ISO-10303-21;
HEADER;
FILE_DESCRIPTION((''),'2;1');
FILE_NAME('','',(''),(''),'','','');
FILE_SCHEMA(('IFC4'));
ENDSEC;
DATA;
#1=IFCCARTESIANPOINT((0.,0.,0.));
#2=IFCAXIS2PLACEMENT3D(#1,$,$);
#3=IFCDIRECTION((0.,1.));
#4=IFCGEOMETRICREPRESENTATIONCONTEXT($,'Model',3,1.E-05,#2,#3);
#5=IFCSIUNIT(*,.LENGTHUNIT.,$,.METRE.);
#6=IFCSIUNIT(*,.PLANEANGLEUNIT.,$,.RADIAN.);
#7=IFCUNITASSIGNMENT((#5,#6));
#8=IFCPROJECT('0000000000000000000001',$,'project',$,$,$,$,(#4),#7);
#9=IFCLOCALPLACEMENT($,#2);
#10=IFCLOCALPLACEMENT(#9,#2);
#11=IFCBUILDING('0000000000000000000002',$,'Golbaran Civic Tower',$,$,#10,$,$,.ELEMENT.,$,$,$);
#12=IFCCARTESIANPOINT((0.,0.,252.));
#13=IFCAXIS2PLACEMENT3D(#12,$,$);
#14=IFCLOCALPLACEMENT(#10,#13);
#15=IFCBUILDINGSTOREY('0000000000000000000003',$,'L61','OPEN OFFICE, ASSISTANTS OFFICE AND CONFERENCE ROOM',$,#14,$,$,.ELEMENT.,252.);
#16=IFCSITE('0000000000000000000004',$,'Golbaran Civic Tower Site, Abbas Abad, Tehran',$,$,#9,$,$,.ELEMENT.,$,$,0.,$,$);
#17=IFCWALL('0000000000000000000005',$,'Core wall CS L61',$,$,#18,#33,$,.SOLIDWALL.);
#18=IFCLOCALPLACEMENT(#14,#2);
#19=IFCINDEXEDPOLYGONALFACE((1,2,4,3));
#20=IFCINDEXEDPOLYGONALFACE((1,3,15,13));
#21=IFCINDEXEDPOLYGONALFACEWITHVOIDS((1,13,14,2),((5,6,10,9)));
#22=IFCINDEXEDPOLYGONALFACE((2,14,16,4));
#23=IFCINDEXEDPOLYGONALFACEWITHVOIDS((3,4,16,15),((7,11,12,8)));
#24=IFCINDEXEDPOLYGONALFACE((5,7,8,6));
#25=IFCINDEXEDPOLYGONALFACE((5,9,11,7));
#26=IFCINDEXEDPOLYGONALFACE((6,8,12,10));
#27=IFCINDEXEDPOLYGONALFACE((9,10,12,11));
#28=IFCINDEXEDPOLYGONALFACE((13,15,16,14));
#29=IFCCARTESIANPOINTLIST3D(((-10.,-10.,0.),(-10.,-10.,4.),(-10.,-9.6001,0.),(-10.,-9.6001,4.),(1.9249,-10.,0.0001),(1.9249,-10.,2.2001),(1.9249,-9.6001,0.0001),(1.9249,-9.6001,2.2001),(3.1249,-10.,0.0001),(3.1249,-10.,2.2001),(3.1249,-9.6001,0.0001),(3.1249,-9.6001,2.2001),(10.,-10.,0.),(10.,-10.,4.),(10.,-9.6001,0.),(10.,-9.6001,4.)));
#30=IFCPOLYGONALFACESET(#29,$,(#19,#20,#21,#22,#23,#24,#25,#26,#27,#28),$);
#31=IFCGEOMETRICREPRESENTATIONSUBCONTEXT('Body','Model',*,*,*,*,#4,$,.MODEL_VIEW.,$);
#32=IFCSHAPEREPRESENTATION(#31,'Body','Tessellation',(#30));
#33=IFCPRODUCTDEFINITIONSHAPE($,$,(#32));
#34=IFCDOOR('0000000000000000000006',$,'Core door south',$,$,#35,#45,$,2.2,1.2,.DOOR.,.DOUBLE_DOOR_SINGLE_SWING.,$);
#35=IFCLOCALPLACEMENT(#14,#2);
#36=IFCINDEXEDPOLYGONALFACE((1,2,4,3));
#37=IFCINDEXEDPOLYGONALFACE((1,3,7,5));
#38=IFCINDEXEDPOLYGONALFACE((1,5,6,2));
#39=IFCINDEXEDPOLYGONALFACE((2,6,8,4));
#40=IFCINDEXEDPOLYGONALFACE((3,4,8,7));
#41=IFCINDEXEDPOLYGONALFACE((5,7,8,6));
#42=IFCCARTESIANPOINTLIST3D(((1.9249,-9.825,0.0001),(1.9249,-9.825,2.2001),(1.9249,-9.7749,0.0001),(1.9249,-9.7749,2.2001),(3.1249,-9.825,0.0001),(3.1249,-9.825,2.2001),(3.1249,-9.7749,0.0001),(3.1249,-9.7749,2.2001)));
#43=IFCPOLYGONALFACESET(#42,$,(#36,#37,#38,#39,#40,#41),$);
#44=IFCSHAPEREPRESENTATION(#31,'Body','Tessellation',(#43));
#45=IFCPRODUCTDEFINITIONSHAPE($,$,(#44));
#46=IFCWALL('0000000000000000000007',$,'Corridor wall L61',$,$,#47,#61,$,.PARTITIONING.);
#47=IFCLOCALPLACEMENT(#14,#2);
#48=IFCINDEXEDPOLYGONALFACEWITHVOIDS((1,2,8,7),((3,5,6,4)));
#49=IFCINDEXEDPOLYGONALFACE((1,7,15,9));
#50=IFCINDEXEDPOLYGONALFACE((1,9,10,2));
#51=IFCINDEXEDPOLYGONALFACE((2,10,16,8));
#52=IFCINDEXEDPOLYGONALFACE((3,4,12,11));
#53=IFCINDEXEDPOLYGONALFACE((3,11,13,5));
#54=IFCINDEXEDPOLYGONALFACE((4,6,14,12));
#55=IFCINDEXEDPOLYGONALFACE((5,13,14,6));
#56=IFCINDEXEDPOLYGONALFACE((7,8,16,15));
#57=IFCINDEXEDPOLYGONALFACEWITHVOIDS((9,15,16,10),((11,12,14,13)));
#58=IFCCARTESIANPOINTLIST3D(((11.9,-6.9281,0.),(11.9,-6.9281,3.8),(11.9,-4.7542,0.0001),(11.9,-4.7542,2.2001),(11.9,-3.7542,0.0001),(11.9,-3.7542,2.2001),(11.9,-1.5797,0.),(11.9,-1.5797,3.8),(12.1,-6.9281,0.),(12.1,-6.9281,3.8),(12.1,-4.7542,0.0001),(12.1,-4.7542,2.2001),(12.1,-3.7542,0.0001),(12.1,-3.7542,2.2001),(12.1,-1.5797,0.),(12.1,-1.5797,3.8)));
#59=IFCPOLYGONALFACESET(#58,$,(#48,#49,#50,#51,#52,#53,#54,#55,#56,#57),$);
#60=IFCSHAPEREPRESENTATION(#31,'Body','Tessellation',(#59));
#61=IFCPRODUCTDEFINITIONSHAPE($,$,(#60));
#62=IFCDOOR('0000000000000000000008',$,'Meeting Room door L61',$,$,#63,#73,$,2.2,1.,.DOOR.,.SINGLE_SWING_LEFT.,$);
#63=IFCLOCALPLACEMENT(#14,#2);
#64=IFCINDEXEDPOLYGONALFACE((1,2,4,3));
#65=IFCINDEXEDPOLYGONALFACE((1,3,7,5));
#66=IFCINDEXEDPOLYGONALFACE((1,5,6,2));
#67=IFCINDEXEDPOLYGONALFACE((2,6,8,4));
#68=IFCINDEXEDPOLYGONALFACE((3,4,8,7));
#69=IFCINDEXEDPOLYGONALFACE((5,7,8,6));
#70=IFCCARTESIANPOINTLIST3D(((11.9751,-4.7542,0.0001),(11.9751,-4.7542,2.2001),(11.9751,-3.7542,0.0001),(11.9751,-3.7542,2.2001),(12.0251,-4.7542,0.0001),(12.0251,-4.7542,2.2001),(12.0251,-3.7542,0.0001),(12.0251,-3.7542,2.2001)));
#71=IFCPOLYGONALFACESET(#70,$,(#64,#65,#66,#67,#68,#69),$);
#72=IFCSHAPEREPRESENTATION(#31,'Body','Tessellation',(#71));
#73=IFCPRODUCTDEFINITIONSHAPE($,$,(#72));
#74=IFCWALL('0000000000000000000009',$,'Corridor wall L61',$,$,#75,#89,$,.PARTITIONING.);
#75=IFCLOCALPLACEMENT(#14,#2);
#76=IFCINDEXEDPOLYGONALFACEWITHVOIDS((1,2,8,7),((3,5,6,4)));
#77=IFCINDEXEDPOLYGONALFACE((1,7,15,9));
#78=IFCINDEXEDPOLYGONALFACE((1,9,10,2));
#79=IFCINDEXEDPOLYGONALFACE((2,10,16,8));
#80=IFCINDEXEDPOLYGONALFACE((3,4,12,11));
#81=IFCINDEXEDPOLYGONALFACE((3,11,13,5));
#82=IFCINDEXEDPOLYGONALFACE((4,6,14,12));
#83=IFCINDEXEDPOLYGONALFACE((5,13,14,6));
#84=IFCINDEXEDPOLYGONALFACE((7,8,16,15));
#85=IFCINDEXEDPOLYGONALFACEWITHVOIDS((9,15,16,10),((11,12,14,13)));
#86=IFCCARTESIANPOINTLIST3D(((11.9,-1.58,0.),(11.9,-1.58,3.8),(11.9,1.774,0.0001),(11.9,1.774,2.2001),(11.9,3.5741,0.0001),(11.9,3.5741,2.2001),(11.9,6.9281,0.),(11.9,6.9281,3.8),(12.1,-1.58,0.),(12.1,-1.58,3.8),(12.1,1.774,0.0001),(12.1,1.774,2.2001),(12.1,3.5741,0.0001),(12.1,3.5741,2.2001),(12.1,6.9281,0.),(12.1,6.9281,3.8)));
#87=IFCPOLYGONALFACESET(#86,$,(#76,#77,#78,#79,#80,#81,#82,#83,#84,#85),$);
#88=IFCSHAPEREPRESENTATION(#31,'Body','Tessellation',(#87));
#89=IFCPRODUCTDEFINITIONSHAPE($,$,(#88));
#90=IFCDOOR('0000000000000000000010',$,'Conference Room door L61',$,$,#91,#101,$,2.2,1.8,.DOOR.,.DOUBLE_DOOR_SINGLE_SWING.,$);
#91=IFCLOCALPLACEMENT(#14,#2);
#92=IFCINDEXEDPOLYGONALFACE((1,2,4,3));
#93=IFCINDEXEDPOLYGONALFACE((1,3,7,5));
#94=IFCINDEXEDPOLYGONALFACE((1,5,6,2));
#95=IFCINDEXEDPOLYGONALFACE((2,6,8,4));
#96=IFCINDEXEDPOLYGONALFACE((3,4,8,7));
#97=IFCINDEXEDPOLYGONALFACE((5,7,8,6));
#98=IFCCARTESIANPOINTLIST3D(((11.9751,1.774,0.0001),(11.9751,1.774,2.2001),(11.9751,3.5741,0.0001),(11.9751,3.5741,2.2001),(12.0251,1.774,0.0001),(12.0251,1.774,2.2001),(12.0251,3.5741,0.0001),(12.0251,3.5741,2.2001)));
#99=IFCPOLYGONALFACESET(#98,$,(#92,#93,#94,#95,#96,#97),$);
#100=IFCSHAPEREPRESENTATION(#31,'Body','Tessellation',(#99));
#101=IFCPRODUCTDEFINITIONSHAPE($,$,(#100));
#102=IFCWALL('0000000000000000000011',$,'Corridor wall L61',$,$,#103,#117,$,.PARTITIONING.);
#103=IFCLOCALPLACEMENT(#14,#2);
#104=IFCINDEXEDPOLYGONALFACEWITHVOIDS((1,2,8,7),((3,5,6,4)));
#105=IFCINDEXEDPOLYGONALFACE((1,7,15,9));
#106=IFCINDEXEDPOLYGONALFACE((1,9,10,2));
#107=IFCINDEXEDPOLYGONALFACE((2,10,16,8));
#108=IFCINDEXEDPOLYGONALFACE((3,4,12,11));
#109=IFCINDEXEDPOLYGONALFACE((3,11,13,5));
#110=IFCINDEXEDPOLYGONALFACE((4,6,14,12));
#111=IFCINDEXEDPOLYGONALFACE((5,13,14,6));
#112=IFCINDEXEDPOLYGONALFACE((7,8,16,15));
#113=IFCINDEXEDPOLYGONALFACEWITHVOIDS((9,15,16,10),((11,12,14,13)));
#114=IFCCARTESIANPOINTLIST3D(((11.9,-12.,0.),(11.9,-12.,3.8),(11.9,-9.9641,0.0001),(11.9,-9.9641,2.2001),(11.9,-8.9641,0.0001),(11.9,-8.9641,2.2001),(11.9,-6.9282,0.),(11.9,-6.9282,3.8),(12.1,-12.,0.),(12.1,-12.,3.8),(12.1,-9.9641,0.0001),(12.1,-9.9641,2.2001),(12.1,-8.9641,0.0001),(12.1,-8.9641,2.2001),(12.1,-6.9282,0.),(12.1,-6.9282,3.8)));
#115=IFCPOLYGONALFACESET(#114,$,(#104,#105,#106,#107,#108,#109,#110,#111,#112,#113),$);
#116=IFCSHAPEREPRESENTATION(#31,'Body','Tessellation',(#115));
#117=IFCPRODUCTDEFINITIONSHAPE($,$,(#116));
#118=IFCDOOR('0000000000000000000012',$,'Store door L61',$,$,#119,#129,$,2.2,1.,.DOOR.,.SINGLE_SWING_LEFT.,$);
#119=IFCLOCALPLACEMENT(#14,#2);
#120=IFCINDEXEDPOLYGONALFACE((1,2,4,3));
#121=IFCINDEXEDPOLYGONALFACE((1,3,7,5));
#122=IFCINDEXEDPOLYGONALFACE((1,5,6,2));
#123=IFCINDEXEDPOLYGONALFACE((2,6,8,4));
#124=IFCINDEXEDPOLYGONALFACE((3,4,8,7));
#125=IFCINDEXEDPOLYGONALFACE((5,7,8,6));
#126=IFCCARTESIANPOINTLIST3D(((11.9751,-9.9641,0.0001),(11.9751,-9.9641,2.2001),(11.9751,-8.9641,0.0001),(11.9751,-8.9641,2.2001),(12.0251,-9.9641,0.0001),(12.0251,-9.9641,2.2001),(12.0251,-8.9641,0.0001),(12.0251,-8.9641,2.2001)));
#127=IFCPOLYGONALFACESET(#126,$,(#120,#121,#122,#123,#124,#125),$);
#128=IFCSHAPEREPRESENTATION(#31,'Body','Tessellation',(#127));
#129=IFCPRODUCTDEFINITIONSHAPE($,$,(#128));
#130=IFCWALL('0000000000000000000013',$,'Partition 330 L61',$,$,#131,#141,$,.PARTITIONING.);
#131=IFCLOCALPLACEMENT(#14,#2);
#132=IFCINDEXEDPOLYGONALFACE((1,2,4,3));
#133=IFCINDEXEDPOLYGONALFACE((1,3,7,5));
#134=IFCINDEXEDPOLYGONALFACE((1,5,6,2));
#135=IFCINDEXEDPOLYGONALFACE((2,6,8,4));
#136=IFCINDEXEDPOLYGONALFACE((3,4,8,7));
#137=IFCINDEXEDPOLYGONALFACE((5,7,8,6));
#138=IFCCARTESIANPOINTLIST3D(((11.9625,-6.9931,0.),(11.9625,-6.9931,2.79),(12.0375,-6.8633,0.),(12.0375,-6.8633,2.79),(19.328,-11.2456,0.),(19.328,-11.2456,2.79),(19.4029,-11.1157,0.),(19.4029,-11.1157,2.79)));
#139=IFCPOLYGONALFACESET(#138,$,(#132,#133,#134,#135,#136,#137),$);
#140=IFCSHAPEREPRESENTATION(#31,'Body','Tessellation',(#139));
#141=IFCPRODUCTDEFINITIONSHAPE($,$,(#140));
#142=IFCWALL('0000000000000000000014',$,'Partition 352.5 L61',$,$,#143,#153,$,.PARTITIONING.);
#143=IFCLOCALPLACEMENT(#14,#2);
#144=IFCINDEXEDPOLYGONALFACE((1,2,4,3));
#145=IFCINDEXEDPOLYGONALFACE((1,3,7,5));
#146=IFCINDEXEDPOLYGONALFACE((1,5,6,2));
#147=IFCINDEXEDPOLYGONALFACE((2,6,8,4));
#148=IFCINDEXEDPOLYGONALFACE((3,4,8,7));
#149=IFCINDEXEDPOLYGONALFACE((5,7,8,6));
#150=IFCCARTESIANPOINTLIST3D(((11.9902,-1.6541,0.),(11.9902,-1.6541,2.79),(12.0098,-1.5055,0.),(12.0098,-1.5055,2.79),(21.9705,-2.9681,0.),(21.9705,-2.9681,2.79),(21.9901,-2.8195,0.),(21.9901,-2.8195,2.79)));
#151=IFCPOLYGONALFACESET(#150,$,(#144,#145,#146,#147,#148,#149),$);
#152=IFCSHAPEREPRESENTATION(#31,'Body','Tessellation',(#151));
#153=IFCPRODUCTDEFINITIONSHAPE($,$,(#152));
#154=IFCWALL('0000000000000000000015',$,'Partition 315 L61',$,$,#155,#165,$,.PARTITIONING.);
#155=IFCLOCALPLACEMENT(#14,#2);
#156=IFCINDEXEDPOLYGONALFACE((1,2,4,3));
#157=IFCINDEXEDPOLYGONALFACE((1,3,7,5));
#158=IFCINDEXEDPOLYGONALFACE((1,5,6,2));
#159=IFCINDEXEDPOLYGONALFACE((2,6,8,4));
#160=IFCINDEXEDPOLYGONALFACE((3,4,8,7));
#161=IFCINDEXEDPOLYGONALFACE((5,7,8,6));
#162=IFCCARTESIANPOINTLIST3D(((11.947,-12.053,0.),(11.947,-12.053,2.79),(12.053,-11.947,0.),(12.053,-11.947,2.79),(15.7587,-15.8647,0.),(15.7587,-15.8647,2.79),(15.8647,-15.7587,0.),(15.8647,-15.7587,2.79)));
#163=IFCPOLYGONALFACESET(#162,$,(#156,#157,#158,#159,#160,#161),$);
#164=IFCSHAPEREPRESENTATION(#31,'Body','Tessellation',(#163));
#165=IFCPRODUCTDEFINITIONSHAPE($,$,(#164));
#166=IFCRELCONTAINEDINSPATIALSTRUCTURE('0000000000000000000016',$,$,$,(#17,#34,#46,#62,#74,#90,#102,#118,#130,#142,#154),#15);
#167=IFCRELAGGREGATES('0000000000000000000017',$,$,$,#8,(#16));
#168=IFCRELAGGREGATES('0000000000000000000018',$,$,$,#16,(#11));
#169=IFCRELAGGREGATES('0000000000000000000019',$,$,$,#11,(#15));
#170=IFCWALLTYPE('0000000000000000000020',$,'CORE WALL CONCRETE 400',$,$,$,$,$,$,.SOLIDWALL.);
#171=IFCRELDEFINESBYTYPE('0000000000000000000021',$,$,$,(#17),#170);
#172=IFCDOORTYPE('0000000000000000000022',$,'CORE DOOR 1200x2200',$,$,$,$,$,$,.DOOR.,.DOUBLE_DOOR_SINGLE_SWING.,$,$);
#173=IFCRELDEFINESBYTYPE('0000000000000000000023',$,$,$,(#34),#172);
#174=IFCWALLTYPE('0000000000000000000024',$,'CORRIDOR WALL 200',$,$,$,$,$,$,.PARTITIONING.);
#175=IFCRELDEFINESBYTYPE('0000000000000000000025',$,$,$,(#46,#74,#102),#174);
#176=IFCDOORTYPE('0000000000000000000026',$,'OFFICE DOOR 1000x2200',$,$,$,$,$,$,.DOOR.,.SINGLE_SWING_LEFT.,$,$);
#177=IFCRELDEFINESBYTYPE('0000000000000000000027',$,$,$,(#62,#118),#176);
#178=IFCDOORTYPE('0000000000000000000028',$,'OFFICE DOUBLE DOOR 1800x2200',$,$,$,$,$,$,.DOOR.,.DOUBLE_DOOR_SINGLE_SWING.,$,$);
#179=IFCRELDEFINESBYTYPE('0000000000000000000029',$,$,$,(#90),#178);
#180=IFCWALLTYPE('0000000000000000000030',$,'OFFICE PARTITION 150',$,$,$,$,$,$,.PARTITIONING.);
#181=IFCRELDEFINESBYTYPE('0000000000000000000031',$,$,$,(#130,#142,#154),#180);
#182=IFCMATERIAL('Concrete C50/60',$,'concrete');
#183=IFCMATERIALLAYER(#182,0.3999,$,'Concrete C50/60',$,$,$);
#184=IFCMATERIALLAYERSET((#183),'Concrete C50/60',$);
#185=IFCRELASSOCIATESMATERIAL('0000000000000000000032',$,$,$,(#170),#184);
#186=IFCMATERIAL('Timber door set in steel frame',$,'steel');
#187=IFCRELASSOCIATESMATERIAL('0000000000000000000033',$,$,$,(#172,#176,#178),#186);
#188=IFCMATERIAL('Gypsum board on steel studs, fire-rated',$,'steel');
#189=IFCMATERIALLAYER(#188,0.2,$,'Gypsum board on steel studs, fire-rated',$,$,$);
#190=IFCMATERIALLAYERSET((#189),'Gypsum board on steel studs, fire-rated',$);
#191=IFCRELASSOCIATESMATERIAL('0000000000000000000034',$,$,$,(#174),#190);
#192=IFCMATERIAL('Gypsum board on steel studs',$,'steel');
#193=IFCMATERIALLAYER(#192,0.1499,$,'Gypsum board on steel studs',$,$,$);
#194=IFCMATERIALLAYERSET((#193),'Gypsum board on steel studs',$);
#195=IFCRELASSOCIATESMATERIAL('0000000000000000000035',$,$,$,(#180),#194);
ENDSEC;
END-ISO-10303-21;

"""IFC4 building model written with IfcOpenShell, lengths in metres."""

from ifc_helpers import new_model, si_unit, direction, frame, frame_2d, origin, place, context, subcontext, project, spatial, rectangle, extrude, material, layer, layer_set, type_object, element, fill, save


model = new_model("IFC4")

# Units and contexts
model_context = context("Model", 3, precision=1e-05, world=origin(), true_north=direction((0.0, 1.0)))
body_context = subcontext(model_context, "Body", "Model", "MODEL_VIEW")
ifc_project = project(units=[si_unit("LENGTHUNIT", "METRE"), si_unit("PLANEANGLEUNIT", "RADIAN")], contexts=[model_context])

# Site, building, storey
site_placement = place(None, origin())
site = spatial("IfcSite", under=ifc_project, at=site_placement, Name="Golbaran Civic Tower Site, Abbas Abad, Tehran", CompositionType="ELEMENT", RefElevation=0.0)
building_placement = place(site_placement, origin())
building = spatial("IfcBuilding", under=site, at=building_placement, Name="Golbaran Civic Tower", CompositionType="ELEMENT")
storey_placement = place(building_placement, frame((0.0, 0.0, 252.0)))
storey = spatial("IfcBuildingStorey", under=building, at=storey_placement, Name="L61", Description="OPEN OFFICE, ASSISTANTS OFFICE AND CONFERENCE ROOM", CompositionType="ELEMENT", Elevation=252.0)

# Walls, openings, doors
ifc_material_1 = material(Name="Concrete C50/60", Category="concrete")
ifc_layer_1 = layer(ifc_material_1, 0.3999, Name="Concrete C50/60")
ifc_layer_set_1 = layer_set([ifc_layer_1], Name="Concrete C50/60")
wall_type_1 = type_object("IfcWallType", Name="CORE WALL CONCRETE 400", PredefinedType="SOLIDWALL", material=ifc_layer_set_1)
wall_1_placement = place(storey_placement, frame((10.0, -9.8, 0.0), z_axis=(0.0, 0.0, 1.0), x_axis=(-1.0, 0.0, 0.0)))
wall_1 = element("IfcWall", 1, at=wall_1_placement, inside=storey, type_object=wall_type_1, Name="Core wall CS L61", PredefinedType="SOLIDWALL", context=body_context, shape_type="SweptSolid", body=[
    extrude(rectangle(XDim=20.0, YDim=0.3999, at=frame_2d((10.0, 0.0))), origin(), (0.0, 0.0, 1.0), 4.0),
])
opening_1_placement = place(wall_1_placement, frame((6.875, 0.0, 0.0)))
opening_1 = element("IfcOpeningElement", 2, at=opening_1_placement, cuts=wall_1, PredefinedType="OPENING", context=body_context, shape_type="SweptSolid", body=[
    extrude(rectangle(XDim=1.2, YDim=2.2, at=frame_2d((0.6001, 1.1001))), frame((0.0, 0.21, 0.0), z_axis=(0.0, -1.0, 0.0), x_axis=(1.0, 0.0, 0.0)), (0.0, 0.0, 1.0), 0.4199),
])
ifc_material_2 = material(Name="Timber door set in steel frame", Category="steel")
door_type_1 = type_object("IfcDoorType", Name="CORE DOOR 1200x2200", OperationType="DOUBLE_DOOR_SINGLE_SWING", PredefinedType="DOOR", material=ifc_material_2)
door_1_placement = place(opening_1_placement, origin())
door_1 = element("IfcDoor", 3, at=door_1_placement, inside=storey, type_object=door_type_1, Name="Core door south", OperationType="DOUBLE_DOOR_SINGLE_SWING", OverallHeight=2.2, OverallWidth=1.2, PredefinedType="DOOR", context=body_context, shape_type="SweptSolid", body=[
    extrude(rectangle(XDim=1.2, YDim=2.2, at=frame_2d((0.6001, 1.1001))), frame((0.0, 0.0249, 0.0), z_axis=(0.0, -1.0, 0.0), x_axis=(1.0, 0.0, 0.0)), (0.0, 0.0, 1.0), 0.05),
])
fill(opening_1, door_1)
ifc_material_3 = material(Name="Gypsum board on steel studs, fire-rated", Category="steel")
ifc_layer_2 = layer(ifc_material_3, 0.2, Name="Gypsum board on steel studs, fire-rated")
ifc_layer_set_2 = layer_set([ifc_layer_2], Name="Gypsum board on steel studs, fire-rated")
wall_type_2 = type_object("IfcWallType", Name="CORRIDOR WALL 200", PredefinedType="PARTITIONING", material=ifc_layer_set_2)
wall_2_placement = place(storey_placement, frame((12.0, -6.9282, 0.0), z_axis=(0.0, 0.0, 1.0), x_axis=(0.0, 1.0, 0.0)))
wall_2 = element("IfcWall", 4, at=wall_2_placement, inside=storey, type_object=wall_type_2, Name="Corridor wall L61", PredefinedType="PARTITIONING", context=body_context, shape_type="SweptSolid", body=[
    extrude(rectangle(XDim=5.3484, YDim=0.2, at=frame_2d((2.6743, 0.0))), origin(), (0.0, 0.0, 1.0), 3.8),
])
opening_2_placement = place(wall_2_placement, frame((2.1741, 0.0, 0.0)))
opening_2 = element("IfcOpeningElement", 5, at=opening_2_placement, cuts=wall_2, PredefinedType="OPENING", context=body_context, shape_type="SweptSolid", body=[
    extrude(rectangle(XDim=1.0, YDim=2.2, at=frame_2d((0.5, 1.1001))), frame((0.0, 0.1099, 0.0), z_axis=(0.0, -1.0, 0.0), x_axis=(1.0, 0.0, 0.0)), (0.0, 0.0, 1.0), 0.22),
])
door_type_2 = type_object("IfcDoorType", Name="OFFICE DOOR 1000x2200", OperationType="SINGLE_SWING_LEFT", PredefinedType="DOOR", material=ifc_material_2)
door_2_placement = place(opening_2_placement, origin())
door_2 = element("IfcDoor", 6, at=door_2_placement, inside=storey, type_object=door_type_2, Name="Meeting Room door L61", OperationType="SINGLE_SWING_LEFT", OverallHeight=2.2, OverallWidth=1.0, PredefinedType="DOOR", context=body_context, shape_type="SweptSolid", body=[
    extrude(rectangle(XDim=1.0, YDim=2.2, at=frame_2d((0.5, 1.1001))), frame((0.0, 0.0249, 0.0), z_axis=(0.0, -1.0, 0.0), x_axis=(1.0, 0.0, 0.0)), (0.0, 0.0, 1.0), 0.05),
])
fill(opening_2, door_2)
wall_3_placement = place(storey_placement, frame((12.0, -1.5798, 0.0), z_axis=(0.0, 0.0, 1.0), x_axis=(0.0, 1.0, 0.0)))
wall_3 = element("IfcWall", 7, at=wall_3_placement, inside=storey, type_object=wall_type_2, Name="Corridor wall L61", PredefinedType="PARTITIONING", context=body_context, shape_type="SweptSolid", body=[
    extrude(rectangle(XDim=8.5081, YDim=0.2, at=frame_2d((4.2539, 0.0))), origin(), (0.0, 0.0, 1.0), 3.8),
])
opening_3_placement = place(wall_3_placement, frame((3.354, 0.0, 0.0)))
opening_3 = element("IfcOpeningElement", 8, at=opening_3_placement, cuts=wall_3, PredefinedType="OPENING", context=body_context, shape_type="SweptSolid", body=[
    extrude(rectangle(XDim=1.8, YDim=2.2, at=frame_2d((0.8999, 1.1001))), frame((0.0, 0.1099, 0.0), z_axis=(0.0, -1.0, 0.0), x_axis=(1.0, 0.0, 0.0)), (0.0, 0.0, 1.0), 0.22),
])
door_type_3 = type_object("IfcDoorType", Name="OFFICE DOUBLE DOOR 1800x2200", OperationType="DOUBLE_DOOR_SINGLE_SWING", PredefinedType="DOOR", material=ifc_material_2)
door_3_placement = place(opening_3_placement, origin())
door_3 = element("IfcDoor", 9, at=door_3_placement, inside=storey, type_object=door_type_3, Name="Conference Room door L61", OperationType="DOUBLE_DOOR_SINGLE_SWING", OverallHeight=2.2, OverallWidth=1.8, PredefinedType="DOOR", context=body_context, shape_type="SweptSolid", body=[
    extrude(rectangle(XDim=1.8, YDim=2.2, at=frame_2d((0.8999, 1.1001))), frame((0.0, 0.0249, 0.0), z_axis=(0.0, -1.0, 0.0), x_axis=(1.0, 0.0, 0.0)), (0.0, 0.0, 1.0), 0.05),
])
fill(opening_3, door_3)
wall_4_placement = place(storey_placement, frame((12.0, -12.0, 0.0), z_axis=(0.0, 0.0, 1.0), x_axis=(0.0, 1.0, 0.0)))
wall_4 = element("IfcWall", 10, at=wall_4_placement, inside=storey, type_object=wall_type_2, Name="Corridor wall L61", PredefinedType="PARTITIONING", context=body_context, shape_type="SweptSolid", body=[
    extrude(rectangle(XDim=5.0718, YDim=0.2, at=frame_2d((2.5359, 0.0))), origin(), (0.0, 0.0, 1.0), 3.8),
])
opening_4_placement = place(wall_4_placement, frame((2.0359, 0.0, 0.0)))
opening_4 = element("IfcOpeningElement", 11, at=opening_4_placement, cuts=wall_4, PredefinedType="OPENING", context=body_context, shape_type="SweptSolid", body=[
    extrude(rectangle(XDim=1.0, YDim=2.2, at=frame_2d((0.5, 1.1001))), frame((0.0, 0.1099, 0.0), z_axis=(0.0, -1.0, 0.0), x_axis=(1.0, 0.0, 0.0)), (0.0, 0.0, 1.0), 0.22),
])
door_4_placement = place(opening_4_placement, origin())
door_4 = element("IfcDoor", 12, at=door_4_placement, inside=storey, type_object=door_type_2, Name="Store door L61", OperationType="SINGLE_SWING_LEFT", OverallHeight=2.2, OverallWidth=1.0, PredefinedType="DOOR", context=body_context, shape_type="SweptSolid", body=[
    extrude(rectangle(XDim=1.0, YDim=2.2, at=frame_2d((0.5, 1.1001))), frame((0.0, 0.0249, 0.0), z_axis=(0.0, -1.0, 0.0), x_axis=(1.0, 0.0, 0.0)), (0.0, 0.0, 1.0), 0.05),
])
fill(opening_4, door_4)

# Walls
ifc_material_4 = material(Name="Gypsum board on steel studs", Category="steel")
ifc_layer_3 = layer(ifc_material_4, 0.1499, Name="Gypsum board on steel studs")
ifc_layer_set_3 = layer_set([ifc_layer_3], Name="Gypsum board on steel studs")
wall_type_3 = type_object("IfcWallType", Name="OFFICE PARTITION 150", PredefinedType="PARTITIONING", material=ifc_layer_set_3)
wall_5_placement = place(storey_placement, frame((12.0, -6.9282, 0.0), z_axis=(0.0, 0.0, 1.0), x_axis=(0.866026, -0.499998, 0.0)))
element("IfcWall", 13, at=wall_5_placement, inside=storey, type_object=wall_type_3, Name="Partition 330 L61", PredefinedType="PARTITIONING", context=body_context, shape_type="SweptSolid", body=[
    extrude(rectangle(XDim=8.5049, YDim=0.1499, at=frame_2d((4.2524, 0.0))), origin(), (0.0, 0.0, 1.0), 2.79),
])
wall_6_placement = place(storey_placement, frame((12.0, -1.5798, 0.0), z_axis=(0.0, 0.0, 1.0), x_axis=(0.991444, -0.13053, 0.0)))
element("IfcWall", 14, at=wall_6_placement, inside=storey, type_object=wall_type_3, Name="Partition 352.5 L61", PredefinedType="PARTITIONING", context=body_context, shape_type="SweptSolid", body=[
    extrude(rectangle(XDim=10.0664, YDim=0.1499, at=frame_2d((5.0332, 0.0))), origin(), (0.0, 0.0, 1.0), 2.79),
])
wall_7_placement = place(storey_placement, frame((12.0, -12.0, 0.0), z_axis=(0.0, 0.0, 1.0), x_axis=(0.707107, -0.707107, 0.0)))
element("IfcWall", 15, at=wall_7_placement, inside=storey, type_object=wall_type_3, Name="Partition 315 L61", PredefinedType="PARTITIONING", context=body_context, shape_type="SweptSolid", body=[
    extrude(rectangle(XDim=5.3906, YDim=0.1499, at=frame_2d((2.6953, 0.0))), origin(), (0.0, 0.0, 1.0), 2.79),
])

save(model, "model.ifc")
